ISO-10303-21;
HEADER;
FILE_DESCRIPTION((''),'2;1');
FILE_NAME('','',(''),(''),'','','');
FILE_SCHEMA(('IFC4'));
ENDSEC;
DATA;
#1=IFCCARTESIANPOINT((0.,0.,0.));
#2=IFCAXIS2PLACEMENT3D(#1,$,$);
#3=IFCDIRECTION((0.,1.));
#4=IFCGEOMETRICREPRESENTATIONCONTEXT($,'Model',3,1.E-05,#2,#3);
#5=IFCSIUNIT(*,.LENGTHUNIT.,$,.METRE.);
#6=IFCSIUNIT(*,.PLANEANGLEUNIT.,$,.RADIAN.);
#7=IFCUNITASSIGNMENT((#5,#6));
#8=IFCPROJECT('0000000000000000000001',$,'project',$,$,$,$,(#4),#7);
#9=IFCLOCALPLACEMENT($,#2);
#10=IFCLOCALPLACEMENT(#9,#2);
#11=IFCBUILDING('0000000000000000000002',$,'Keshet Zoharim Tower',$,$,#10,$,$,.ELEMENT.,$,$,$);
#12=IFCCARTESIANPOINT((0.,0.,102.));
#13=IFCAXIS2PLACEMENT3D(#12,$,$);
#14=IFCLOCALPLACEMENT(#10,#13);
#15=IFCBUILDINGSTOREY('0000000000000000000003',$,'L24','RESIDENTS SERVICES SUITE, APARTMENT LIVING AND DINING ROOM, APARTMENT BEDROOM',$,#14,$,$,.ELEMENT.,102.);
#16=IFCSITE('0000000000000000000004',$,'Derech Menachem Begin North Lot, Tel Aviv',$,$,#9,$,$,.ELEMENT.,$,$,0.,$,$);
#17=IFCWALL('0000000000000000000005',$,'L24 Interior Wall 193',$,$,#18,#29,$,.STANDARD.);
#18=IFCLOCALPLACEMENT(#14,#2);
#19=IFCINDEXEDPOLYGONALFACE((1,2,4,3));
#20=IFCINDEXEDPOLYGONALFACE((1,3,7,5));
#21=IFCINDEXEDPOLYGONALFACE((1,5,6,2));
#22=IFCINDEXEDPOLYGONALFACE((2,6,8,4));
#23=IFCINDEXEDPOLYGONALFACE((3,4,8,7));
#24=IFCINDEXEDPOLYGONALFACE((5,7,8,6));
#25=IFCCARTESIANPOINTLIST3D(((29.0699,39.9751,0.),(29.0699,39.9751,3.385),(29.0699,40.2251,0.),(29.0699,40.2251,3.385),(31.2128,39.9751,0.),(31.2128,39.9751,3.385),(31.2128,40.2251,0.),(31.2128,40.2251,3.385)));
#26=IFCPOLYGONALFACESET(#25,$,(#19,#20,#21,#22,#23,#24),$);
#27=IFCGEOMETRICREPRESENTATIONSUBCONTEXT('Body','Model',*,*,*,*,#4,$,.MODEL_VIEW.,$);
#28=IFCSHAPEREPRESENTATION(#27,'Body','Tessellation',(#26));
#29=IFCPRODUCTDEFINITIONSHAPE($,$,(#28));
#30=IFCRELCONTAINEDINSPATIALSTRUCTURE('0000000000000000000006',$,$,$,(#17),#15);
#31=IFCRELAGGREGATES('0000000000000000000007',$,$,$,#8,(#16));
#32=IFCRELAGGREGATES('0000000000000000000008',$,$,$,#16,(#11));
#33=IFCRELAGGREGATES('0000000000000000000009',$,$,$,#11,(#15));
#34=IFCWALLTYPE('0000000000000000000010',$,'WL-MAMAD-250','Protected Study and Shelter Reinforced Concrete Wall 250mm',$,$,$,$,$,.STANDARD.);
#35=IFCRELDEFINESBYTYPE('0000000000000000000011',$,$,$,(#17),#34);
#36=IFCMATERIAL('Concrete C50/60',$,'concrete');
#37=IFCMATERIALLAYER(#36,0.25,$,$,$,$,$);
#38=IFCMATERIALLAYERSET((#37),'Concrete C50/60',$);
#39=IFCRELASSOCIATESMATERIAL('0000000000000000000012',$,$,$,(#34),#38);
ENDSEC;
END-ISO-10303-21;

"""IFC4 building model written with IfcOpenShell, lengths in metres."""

from ifc_helpers import new_model, si_unit, direction, frame, frame_2d, origin, place, context, subcontext, project, spatial, rectangle, extrude, material, layer, layer_set, type_object, element, save


model = new_model("IFC4")

# Units and contexts
model_context = context("Model", 3, precision=1e-05, world=origin(), true_north=direction((0.0, 1.0)))
body_context = subcontext(model_context, "Body", "Model", "MODEL_VIEW")
ifc_project = project(units=[si_unit("LENGTHUNIT", "METRE"), si_unit("PLANEANGLEUNIT", "RADIAN")], contexts=[model_context])

# Site, building, storey
site_placement = place(None, origin())
site = spatial("IfcSite", under=ifc_project, at=site_placement, Name="Derech Menachem Begin North Lot, Tel Aviv", CompositionType="ELEMENT", RefElevation=0.0)
building_placement = place(site_placement, origin())
building = spatial("IfcBuilding", under=site, at=building_placement, Name="Keshet Zoharim Tower", CompositionType="ELEMENT")
storey_placement = place(building_placement, frame((0.0, 0.0, 102.0)))
storey = spatial("IfcBuildingStorey", under=building, at=storey_placement, Name="L24", Description="RESIDENTS SERVICES SUITE, APARTMENT LIVING AND DINING ROOM, APARTMENT BEDROOM", CompositionType="ELEMENT", Elevation=102.0)

# Wall
ifc_material_1 = material(Name="Concrete C50/60", Category="concrete")
ifc_layer_1 = layer(ifc_material_1, 0.25)
ifc_layer_set_1 = layer_set([ifc_layer_1], Name="Concrete C50/60")
wall_type_1 = type_object("IfcWallType", Name="WL-MAMAD-250", Description="Protected Study and Shelter Reinforced Concrete Wall 250mm", PredefinedType="STANDARD", material=ifc_layer_set_1)
wall_1_placement = place(storey_placement, frame((29.0701, 40.1001, 0.0), z_axis=(0.0, 0.0, 1.0), x_axis=(1.0, 0.0, 0.0)))
element("IfcWall", 1, at=wall_1_placement, inside=storey, type_object=wall_type_1, Name="L24 Interior Wall 193", PredefinedType="STANDARD", context=body_context, shape_type="SweptSolid", body=[
    extrude(rectangle(XDim=2.1428, YDim=0.25, at=frame_2d((1.0713, 0.0))), origin(), (0.0, 0.0, 1.0), 3.385),
])

save(model, "model.ifc")
